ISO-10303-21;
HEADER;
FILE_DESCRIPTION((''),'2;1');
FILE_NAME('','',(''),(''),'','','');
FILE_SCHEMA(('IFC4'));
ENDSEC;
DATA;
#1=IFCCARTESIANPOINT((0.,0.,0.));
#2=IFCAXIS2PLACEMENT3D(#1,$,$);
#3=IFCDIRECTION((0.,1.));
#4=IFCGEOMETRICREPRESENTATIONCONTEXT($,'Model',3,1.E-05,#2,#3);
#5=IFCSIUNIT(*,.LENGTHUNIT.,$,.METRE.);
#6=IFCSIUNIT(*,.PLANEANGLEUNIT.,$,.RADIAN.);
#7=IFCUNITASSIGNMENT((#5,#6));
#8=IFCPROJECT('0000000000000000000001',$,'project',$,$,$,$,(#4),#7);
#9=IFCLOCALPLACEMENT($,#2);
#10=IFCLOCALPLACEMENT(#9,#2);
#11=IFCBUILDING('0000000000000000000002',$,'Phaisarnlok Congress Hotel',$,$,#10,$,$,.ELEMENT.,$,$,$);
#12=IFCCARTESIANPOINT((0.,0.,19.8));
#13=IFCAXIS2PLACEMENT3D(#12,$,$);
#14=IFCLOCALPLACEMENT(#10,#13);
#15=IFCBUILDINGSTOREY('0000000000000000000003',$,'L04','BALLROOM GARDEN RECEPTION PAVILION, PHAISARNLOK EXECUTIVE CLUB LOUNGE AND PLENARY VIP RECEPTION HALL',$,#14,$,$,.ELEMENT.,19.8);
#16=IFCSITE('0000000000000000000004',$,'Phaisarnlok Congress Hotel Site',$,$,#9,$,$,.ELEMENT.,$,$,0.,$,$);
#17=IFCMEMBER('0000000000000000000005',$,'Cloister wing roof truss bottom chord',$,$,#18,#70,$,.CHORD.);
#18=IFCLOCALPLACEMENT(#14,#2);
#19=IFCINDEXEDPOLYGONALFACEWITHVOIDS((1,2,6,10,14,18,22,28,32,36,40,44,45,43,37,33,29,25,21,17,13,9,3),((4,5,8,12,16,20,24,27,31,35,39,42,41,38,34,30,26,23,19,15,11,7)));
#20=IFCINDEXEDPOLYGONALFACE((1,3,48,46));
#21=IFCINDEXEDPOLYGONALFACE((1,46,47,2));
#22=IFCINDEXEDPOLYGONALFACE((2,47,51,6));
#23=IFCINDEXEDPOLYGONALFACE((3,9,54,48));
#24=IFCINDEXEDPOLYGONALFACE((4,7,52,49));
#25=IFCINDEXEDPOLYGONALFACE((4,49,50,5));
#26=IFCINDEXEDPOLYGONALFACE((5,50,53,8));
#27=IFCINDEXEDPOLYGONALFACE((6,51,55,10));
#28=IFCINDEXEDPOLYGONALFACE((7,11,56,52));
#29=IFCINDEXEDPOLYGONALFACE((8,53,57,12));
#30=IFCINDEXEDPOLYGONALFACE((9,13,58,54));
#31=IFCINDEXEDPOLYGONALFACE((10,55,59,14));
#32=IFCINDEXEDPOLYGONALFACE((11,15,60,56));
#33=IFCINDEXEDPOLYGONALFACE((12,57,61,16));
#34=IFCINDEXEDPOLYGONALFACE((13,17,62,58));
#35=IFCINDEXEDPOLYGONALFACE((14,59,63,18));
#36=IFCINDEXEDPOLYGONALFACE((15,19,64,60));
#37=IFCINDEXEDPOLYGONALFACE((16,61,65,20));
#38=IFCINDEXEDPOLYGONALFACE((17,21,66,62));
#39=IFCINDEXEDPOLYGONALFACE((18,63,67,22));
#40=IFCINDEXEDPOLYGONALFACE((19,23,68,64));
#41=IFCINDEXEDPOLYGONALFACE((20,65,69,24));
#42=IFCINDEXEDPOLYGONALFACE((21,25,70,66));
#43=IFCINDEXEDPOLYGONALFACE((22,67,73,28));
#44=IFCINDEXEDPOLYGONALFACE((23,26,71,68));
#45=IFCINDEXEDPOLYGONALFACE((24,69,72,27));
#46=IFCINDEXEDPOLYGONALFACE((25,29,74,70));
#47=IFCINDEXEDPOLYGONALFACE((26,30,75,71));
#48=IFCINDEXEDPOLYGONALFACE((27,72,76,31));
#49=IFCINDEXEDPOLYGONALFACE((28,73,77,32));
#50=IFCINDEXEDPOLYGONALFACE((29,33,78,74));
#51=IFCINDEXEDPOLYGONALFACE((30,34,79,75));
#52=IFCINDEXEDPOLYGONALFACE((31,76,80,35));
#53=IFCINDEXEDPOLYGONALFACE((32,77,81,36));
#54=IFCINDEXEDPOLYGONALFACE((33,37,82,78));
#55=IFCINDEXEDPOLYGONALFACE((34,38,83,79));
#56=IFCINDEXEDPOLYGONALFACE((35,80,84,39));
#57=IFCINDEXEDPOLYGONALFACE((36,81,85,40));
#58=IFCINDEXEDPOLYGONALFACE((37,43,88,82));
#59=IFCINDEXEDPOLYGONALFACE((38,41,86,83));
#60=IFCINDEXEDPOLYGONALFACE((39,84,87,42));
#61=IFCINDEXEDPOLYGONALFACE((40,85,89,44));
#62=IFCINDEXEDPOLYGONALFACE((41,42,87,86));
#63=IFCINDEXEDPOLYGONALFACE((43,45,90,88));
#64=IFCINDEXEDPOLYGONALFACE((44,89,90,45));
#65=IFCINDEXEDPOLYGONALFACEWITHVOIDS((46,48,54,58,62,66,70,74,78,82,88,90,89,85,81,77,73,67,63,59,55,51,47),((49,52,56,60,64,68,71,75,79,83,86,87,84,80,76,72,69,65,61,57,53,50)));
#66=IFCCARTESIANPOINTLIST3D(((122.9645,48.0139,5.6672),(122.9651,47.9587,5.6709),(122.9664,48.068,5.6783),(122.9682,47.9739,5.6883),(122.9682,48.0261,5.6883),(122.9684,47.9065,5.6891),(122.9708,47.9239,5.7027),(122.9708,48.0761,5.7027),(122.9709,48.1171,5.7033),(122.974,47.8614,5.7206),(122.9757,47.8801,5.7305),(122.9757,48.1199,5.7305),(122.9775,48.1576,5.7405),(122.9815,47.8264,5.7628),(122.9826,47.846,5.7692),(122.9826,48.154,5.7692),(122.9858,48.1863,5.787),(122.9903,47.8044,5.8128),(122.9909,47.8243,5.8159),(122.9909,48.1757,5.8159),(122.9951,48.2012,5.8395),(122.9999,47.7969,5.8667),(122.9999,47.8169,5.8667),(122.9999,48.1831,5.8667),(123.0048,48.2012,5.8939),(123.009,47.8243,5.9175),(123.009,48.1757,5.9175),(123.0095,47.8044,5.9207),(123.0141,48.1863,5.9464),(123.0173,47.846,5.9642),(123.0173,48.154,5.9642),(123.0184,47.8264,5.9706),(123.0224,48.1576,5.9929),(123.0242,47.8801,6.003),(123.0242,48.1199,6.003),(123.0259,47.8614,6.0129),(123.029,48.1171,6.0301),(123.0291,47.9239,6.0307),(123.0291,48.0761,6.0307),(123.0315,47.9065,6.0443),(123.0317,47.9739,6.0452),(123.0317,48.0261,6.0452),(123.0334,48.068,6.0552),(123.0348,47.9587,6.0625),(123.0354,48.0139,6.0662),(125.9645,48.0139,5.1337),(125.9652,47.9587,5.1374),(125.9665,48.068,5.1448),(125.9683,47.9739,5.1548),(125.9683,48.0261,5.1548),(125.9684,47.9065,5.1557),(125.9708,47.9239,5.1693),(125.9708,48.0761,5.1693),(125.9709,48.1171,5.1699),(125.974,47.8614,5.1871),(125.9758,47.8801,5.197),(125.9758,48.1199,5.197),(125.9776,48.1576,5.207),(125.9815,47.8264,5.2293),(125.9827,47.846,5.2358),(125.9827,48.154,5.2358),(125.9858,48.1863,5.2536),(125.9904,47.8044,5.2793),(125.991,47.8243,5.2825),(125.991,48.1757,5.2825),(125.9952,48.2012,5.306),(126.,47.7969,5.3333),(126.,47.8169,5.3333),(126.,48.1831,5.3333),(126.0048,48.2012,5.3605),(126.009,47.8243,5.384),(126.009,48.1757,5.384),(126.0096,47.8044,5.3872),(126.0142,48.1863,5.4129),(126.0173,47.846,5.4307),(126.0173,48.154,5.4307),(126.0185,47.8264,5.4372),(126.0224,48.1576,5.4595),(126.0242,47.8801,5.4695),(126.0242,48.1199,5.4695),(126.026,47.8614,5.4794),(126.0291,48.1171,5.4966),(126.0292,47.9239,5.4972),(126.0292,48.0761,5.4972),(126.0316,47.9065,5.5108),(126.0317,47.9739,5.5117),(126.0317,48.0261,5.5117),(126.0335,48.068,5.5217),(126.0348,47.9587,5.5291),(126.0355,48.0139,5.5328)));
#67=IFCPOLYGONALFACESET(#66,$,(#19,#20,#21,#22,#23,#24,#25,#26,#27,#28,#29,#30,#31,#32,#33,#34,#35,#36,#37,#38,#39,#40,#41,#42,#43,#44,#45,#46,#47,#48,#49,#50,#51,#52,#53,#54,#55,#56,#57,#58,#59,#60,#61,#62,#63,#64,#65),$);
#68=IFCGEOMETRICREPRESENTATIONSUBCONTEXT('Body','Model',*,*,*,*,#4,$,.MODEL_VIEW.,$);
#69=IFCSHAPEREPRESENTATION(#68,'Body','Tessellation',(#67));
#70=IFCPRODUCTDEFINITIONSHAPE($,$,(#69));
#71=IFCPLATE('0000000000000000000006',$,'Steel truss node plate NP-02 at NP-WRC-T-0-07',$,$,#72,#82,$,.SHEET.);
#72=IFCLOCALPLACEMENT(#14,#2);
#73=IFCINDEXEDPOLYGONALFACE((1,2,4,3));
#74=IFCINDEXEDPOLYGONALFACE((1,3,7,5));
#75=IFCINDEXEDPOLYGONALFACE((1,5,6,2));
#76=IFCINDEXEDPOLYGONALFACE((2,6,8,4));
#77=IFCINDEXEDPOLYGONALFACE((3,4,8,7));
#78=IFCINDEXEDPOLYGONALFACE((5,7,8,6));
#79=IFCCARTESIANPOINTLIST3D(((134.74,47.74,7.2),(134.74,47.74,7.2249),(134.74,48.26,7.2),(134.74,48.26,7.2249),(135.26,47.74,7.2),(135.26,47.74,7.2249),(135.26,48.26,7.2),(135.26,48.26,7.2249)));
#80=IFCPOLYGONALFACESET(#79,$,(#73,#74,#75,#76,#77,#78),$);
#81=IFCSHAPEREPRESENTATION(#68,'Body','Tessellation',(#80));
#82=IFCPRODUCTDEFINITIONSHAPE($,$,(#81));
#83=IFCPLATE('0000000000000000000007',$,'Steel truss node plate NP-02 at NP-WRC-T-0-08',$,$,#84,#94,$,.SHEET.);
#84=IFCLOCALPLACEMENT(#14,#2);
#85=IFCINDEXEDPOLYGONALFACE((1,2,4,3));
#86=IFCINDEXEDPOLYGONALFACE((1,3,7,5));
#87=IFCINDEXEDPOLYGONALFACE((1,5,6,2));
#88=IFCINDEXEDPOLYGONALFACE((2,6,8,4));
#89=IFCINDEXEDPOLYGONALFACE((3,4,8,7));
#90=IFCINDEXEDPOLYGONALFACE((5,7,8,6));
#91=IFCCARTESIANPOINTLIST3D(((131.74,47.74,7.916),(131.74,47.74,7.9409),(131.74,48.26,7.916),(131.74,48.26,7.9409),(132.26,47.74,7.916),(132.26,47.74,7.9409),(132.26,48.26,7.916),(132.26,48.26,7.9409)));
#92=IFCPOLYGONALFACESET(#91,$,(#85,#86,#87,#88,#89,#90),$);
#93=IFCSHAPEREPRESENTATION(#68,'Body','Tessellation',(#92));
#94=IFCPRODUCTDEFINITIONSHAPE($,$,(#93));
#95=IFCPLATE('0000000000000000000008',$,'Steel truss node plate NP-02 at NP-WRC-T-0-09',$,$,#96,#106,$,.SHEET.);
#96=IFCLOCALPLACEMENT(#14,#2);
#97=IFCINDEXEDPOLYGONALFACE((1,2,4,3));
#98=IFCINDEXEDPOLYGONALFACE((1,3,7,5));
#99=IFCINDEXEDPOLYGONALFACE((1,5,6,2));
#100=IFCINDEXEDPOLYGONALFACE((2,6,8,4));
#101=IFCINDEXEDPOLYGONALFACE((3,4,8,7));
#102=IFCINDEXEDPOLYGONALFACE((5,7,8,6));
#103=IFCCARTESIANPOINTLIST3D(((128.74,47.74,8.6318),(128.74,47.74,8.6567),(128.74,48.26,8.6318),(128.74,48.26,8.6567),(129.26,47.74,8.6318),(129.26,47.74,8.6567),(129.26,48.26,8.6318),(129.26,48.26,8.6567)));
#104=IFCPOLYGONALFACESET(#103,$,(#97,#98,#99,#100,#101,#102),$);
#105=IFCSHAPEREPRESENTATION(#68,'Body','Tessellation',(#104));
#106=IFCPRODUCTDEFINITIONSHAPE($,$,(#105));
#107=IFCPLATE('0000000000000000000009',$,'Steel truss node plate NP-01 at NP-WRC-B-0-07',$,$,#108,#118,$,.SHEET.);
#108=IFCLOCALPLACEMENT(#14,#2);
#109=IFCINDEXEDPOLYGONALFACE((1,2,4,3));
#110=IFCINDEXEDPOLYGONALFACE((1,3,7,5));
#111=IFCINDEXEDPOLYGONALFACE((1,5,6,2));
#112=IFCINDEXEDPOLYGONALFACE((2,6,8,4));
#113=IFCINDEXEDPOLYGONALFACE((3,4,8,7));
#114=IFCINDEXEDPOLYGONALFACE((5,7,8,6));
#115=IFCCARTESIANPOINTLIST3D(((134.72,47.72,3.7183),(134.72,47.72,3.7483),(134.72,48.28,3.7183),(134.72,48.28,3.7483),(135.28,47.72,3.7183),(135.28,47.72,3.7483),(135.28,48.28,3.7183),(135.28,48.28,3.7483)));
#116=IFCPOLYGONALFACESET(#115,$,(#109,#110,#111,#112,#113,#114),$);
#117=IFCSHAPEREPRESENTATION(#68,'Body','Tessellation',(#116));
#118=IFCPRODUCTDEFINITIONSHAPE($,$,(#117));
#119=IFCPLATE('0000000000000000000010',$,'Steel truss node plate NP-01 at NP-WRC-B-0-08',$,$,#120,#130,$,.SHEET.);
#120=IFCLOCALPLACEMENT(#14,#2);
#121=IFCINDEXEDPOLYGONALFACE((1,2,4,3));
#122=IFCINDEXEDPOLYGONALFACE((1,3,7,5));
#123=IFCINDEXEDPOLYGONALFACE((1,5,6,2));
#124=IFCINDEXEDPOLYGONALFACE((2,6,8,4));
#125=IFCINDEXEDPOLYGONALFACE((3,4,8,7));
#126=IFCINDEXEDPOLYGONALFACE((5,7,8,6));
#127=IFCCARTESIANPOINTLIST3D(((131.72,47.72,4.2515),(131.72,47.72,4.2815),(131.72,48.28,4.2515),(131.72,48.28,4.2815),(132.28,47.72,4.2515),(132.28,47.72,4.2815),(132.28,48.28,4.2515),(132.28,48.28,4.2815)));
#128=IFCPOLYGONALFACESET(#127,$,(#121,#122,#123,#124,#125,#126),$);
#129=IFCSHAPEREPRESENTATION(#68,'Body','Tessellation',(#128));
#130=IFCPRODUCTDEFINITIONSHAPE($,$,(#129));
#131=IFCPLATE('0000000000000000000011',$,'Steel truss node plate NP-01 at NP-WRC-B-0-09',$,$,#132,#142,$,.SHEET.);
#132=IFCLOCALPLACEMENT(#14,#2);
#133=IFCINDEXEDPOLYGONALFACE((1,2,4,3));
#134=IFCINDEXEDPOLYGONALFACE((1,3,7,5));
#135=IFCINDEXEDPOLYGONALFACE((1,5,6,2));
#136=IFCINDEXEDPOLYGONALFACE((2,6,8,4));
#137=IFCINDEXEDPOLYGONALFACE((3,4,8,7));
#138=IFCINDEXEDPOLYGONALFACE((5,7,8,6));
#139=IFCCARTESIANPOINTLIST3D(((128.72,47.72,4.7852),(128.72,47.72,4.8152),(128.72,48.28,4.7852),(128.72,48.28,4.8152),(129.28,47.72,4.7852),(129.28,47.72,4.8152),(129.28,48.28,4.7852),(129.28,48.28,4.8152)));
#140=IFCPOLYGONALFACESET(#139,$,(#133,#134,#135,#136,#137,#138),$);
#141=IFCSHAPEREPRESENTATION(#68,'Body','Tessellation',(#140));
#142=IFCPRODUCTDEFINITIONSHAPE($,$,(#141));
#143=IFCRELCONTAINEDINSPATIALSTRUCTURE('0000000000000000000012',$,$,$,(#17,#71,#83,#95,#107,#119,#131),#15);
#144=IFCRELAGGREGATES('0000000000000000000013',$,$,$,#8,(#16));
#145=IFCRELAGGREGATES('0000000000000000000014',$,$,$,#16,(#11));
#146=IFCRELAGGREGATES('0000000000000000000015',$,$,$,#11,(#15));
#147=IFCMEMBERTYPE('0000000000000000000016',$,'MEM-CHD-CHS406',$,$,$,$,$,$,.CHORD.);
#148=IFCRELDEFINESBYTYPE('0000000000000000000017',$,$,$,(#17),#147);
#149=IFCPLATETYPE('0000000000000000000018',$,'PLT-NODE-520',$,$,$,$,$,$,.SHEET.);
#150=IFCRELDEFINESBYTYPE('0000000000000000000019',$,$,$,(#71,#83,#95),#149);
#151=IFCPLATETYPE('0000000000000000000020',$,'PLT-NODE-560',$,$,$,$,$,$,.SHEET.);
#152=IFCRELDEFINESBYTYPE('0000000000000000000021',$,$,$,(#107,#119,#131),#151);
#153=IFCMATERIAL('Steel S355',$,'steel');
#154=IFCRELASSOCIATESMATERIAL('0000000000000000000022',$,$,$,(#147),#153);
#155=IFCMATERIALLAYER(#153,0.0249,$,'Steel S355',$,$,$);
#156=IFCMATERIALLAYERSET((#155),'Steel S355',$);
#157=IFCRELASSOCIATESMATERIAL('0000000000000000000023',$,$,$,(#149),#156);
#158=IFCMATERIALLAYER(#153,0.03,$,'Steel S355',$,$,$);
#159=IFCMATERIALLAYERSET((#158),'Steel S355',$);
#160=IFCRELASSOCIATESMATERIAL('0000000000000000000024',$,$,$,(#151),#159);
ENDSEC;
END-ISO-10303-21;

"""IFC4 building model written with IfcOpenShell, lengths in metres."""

from ifc_helpers import new_model, si_unit, direction, frame, origin, origin_2d, place, context, subcontext, project, spatial, rectangle, hollow_circle, extrude, material, layer, layer_set, material_profile, profile_set, type_object, element, save


model = new_model("IFC4")

# Units and contexts
model_context = context("Model", 3, precision=1e-05, world=origin(), true_north=direction((0.0, 1.0)))
body_context = subcontext(model_context, "Body", "Model", "MODEL_VIEW")
ifc_project = project(units=[si_unit("LENGTHUNIT", "METRE"), si_unit("PLANEANGLEUNIT", "RADIAN")], contexts=[model_context])

# Site, building, storey
site_placement = place(None, origin())
site = spatial("IfcSite", under=ifc_project, at=site_placement, Name="Phaisarnlok Congress Hotel Site", CompositionType="ELEMENT", RefElevation=0.0)
building_placement = place(site_placement, origin())
building = spatial("IfcBuilding", under=site, at=building_placement, Name="Phaisarnlok Congress Hotel", CompositionType="ELEMENT")
storey_placement = place(building_placement, frame((0.0, 0.0, 19.8)))
storey = spatial("IfcBuildingStorey", under=building, at=storey_placement, Name="L04", Description="BALLROOM GARDEN RECEPTION PAVILION, PHAISARNLOK EXECUTIVE CLUB LOUNGE AND PLENARY VIP RECEPTION HALL", CompositionType="ELEMENT", Elevation=19.8)

# Shared definitions
ifc_material_1 = material(Name="Steel S355", Category="steel")

# Member
ifc_material_profile_1 = material_profile(ifc_material_1, hollow_circle(Radius=0.2031, WallThickness=0.02, at=origin_2d()), Name="CHS 406.4x20")
ifc_profile_set_1 = profile_set([ifc_material_profile_1], Name="Steel S355")
member_type_1 = type_object("IfcMemberType", Name="MEM-CHD-CHS406", PredefinedType="CHORD", material=ifc_profile_set_1)
for number, where, z_axis, x_axis, name in (
    (1, (126.0, 48.0, 5.3333), (-0.984556, 0.0, 0.17507), (0.0, -1.0, 0.0), "Cloister wing roof truss bottom chord"),
):
    element("IfcMember", number, at=place(storey_placement, frame(where, z_axis=z_axis, x_axis=x_axis)), inside=storey, type_object=member_type_1, Name=name, PredefinedType="CHORD", context=body_context, shape_type="SweptSolid", body=[
        extrude(hollow_circle(Radius=0.2031, WallThickness=0.02, at=origin_2d()), origin(), (0.0, 0.0, 1.0), 3.0471),
    ])

# Plates
ifc_layer_1 = layer(ifc_material_1, 0.0249, Name="Steel S355")
ifc_layer_set_1 = layer_set([ifc_layer_1], Name="Steel S355")
plate_type_1 = type_object("IfcPlateType", Name="PLT-NODE-520", PredefinedType="SHEET", material=ifc_layer_set_1)
for number, where, z_axis, x_axis, name in (
    (2, (135.0, 48.0, 7.2), (0.0, 0.0, 1.0), (1.0, 0.0, 0.0), "Steel truss node plate NP-02 at NP-WRC-T-0-07"),
    (3, (132.0, 48.0, 7.916), (0.0, 0.0, 1.0), (1.0, 0.0, 0.0), "Steel truss node plate NP-02 at NP-WRC-T-0-08"),
    (4, (129.0, 48.0, 8.6318), (0.0, 0.0, 1.0), (1.0, 0.0, 0.0), "Steel truss node plate NP-02 at NP-WRC-T-0-09"),
):
    element("IfcPlate", number, at=place(storey_placement, frame(where, z_axis=z_axis, x_axis=x_axis)), inside=storey, type_object=plate_type_1, Name=name, PredefinedType="SHEET", context=body_context, shape_type="SweptSolid", body=[
        extrude(rectangle(XDim=0.52, YDim=0.52, at=origin_2d()), origin(), (0.0, 0.0, 1.0), 0.0249),
    ])
ifc_layer_2 = layer(ifc_material_1, 0.03, Name="Steel S355")
ifc_layer_set_2 = layer_set([ifc_layer_2], Name="Steel S355")
plate_type_2 = type_object("IfcPlateType", Name="PLT-NODE-560", PredefinedType="SHEET", material=ifc_layer_set_2)
for number, where, z_axis, x_axis, name in (
    (5, (135.0, 48.0, 3.7183), (0.0, 0.0, 1.0), (1.0, 0.0, 0.0), "Steel truss node plate NP-01 at NP-WRC-B-0-07"),
    (6, (132.0, 48.0, 4.2515), (0.0, 0.0, 1.0), (1.0, 0.0, 0.0), "Steel truss node plate NP-01 at NP-WRC-B-0-08"),
    (7, (129.0, 48.0, 4.7852), (0.0, 0.0, 1.0), (1.0, 0.0, 0.0), "Steel truss node plate NP-01 at NP-WRC-B-0-09"),
):
    element("IfcPlate", number, at=place(storey_placement, frame(where, z_axis=z_axis, x_axis=x_axis)), inside=storey, type_object=plate_type_2, Name=name, PredefinedType="SHEET", context=body_context, shape_type="SweptSolid", body=[
        extrude(rectangle(XDim=0.5601, YDim=0.5601, at=origin_2d()), origin(), (0.0, 0.0, 1.0), 0.03),
    ])

save(model, "model.ifc")
